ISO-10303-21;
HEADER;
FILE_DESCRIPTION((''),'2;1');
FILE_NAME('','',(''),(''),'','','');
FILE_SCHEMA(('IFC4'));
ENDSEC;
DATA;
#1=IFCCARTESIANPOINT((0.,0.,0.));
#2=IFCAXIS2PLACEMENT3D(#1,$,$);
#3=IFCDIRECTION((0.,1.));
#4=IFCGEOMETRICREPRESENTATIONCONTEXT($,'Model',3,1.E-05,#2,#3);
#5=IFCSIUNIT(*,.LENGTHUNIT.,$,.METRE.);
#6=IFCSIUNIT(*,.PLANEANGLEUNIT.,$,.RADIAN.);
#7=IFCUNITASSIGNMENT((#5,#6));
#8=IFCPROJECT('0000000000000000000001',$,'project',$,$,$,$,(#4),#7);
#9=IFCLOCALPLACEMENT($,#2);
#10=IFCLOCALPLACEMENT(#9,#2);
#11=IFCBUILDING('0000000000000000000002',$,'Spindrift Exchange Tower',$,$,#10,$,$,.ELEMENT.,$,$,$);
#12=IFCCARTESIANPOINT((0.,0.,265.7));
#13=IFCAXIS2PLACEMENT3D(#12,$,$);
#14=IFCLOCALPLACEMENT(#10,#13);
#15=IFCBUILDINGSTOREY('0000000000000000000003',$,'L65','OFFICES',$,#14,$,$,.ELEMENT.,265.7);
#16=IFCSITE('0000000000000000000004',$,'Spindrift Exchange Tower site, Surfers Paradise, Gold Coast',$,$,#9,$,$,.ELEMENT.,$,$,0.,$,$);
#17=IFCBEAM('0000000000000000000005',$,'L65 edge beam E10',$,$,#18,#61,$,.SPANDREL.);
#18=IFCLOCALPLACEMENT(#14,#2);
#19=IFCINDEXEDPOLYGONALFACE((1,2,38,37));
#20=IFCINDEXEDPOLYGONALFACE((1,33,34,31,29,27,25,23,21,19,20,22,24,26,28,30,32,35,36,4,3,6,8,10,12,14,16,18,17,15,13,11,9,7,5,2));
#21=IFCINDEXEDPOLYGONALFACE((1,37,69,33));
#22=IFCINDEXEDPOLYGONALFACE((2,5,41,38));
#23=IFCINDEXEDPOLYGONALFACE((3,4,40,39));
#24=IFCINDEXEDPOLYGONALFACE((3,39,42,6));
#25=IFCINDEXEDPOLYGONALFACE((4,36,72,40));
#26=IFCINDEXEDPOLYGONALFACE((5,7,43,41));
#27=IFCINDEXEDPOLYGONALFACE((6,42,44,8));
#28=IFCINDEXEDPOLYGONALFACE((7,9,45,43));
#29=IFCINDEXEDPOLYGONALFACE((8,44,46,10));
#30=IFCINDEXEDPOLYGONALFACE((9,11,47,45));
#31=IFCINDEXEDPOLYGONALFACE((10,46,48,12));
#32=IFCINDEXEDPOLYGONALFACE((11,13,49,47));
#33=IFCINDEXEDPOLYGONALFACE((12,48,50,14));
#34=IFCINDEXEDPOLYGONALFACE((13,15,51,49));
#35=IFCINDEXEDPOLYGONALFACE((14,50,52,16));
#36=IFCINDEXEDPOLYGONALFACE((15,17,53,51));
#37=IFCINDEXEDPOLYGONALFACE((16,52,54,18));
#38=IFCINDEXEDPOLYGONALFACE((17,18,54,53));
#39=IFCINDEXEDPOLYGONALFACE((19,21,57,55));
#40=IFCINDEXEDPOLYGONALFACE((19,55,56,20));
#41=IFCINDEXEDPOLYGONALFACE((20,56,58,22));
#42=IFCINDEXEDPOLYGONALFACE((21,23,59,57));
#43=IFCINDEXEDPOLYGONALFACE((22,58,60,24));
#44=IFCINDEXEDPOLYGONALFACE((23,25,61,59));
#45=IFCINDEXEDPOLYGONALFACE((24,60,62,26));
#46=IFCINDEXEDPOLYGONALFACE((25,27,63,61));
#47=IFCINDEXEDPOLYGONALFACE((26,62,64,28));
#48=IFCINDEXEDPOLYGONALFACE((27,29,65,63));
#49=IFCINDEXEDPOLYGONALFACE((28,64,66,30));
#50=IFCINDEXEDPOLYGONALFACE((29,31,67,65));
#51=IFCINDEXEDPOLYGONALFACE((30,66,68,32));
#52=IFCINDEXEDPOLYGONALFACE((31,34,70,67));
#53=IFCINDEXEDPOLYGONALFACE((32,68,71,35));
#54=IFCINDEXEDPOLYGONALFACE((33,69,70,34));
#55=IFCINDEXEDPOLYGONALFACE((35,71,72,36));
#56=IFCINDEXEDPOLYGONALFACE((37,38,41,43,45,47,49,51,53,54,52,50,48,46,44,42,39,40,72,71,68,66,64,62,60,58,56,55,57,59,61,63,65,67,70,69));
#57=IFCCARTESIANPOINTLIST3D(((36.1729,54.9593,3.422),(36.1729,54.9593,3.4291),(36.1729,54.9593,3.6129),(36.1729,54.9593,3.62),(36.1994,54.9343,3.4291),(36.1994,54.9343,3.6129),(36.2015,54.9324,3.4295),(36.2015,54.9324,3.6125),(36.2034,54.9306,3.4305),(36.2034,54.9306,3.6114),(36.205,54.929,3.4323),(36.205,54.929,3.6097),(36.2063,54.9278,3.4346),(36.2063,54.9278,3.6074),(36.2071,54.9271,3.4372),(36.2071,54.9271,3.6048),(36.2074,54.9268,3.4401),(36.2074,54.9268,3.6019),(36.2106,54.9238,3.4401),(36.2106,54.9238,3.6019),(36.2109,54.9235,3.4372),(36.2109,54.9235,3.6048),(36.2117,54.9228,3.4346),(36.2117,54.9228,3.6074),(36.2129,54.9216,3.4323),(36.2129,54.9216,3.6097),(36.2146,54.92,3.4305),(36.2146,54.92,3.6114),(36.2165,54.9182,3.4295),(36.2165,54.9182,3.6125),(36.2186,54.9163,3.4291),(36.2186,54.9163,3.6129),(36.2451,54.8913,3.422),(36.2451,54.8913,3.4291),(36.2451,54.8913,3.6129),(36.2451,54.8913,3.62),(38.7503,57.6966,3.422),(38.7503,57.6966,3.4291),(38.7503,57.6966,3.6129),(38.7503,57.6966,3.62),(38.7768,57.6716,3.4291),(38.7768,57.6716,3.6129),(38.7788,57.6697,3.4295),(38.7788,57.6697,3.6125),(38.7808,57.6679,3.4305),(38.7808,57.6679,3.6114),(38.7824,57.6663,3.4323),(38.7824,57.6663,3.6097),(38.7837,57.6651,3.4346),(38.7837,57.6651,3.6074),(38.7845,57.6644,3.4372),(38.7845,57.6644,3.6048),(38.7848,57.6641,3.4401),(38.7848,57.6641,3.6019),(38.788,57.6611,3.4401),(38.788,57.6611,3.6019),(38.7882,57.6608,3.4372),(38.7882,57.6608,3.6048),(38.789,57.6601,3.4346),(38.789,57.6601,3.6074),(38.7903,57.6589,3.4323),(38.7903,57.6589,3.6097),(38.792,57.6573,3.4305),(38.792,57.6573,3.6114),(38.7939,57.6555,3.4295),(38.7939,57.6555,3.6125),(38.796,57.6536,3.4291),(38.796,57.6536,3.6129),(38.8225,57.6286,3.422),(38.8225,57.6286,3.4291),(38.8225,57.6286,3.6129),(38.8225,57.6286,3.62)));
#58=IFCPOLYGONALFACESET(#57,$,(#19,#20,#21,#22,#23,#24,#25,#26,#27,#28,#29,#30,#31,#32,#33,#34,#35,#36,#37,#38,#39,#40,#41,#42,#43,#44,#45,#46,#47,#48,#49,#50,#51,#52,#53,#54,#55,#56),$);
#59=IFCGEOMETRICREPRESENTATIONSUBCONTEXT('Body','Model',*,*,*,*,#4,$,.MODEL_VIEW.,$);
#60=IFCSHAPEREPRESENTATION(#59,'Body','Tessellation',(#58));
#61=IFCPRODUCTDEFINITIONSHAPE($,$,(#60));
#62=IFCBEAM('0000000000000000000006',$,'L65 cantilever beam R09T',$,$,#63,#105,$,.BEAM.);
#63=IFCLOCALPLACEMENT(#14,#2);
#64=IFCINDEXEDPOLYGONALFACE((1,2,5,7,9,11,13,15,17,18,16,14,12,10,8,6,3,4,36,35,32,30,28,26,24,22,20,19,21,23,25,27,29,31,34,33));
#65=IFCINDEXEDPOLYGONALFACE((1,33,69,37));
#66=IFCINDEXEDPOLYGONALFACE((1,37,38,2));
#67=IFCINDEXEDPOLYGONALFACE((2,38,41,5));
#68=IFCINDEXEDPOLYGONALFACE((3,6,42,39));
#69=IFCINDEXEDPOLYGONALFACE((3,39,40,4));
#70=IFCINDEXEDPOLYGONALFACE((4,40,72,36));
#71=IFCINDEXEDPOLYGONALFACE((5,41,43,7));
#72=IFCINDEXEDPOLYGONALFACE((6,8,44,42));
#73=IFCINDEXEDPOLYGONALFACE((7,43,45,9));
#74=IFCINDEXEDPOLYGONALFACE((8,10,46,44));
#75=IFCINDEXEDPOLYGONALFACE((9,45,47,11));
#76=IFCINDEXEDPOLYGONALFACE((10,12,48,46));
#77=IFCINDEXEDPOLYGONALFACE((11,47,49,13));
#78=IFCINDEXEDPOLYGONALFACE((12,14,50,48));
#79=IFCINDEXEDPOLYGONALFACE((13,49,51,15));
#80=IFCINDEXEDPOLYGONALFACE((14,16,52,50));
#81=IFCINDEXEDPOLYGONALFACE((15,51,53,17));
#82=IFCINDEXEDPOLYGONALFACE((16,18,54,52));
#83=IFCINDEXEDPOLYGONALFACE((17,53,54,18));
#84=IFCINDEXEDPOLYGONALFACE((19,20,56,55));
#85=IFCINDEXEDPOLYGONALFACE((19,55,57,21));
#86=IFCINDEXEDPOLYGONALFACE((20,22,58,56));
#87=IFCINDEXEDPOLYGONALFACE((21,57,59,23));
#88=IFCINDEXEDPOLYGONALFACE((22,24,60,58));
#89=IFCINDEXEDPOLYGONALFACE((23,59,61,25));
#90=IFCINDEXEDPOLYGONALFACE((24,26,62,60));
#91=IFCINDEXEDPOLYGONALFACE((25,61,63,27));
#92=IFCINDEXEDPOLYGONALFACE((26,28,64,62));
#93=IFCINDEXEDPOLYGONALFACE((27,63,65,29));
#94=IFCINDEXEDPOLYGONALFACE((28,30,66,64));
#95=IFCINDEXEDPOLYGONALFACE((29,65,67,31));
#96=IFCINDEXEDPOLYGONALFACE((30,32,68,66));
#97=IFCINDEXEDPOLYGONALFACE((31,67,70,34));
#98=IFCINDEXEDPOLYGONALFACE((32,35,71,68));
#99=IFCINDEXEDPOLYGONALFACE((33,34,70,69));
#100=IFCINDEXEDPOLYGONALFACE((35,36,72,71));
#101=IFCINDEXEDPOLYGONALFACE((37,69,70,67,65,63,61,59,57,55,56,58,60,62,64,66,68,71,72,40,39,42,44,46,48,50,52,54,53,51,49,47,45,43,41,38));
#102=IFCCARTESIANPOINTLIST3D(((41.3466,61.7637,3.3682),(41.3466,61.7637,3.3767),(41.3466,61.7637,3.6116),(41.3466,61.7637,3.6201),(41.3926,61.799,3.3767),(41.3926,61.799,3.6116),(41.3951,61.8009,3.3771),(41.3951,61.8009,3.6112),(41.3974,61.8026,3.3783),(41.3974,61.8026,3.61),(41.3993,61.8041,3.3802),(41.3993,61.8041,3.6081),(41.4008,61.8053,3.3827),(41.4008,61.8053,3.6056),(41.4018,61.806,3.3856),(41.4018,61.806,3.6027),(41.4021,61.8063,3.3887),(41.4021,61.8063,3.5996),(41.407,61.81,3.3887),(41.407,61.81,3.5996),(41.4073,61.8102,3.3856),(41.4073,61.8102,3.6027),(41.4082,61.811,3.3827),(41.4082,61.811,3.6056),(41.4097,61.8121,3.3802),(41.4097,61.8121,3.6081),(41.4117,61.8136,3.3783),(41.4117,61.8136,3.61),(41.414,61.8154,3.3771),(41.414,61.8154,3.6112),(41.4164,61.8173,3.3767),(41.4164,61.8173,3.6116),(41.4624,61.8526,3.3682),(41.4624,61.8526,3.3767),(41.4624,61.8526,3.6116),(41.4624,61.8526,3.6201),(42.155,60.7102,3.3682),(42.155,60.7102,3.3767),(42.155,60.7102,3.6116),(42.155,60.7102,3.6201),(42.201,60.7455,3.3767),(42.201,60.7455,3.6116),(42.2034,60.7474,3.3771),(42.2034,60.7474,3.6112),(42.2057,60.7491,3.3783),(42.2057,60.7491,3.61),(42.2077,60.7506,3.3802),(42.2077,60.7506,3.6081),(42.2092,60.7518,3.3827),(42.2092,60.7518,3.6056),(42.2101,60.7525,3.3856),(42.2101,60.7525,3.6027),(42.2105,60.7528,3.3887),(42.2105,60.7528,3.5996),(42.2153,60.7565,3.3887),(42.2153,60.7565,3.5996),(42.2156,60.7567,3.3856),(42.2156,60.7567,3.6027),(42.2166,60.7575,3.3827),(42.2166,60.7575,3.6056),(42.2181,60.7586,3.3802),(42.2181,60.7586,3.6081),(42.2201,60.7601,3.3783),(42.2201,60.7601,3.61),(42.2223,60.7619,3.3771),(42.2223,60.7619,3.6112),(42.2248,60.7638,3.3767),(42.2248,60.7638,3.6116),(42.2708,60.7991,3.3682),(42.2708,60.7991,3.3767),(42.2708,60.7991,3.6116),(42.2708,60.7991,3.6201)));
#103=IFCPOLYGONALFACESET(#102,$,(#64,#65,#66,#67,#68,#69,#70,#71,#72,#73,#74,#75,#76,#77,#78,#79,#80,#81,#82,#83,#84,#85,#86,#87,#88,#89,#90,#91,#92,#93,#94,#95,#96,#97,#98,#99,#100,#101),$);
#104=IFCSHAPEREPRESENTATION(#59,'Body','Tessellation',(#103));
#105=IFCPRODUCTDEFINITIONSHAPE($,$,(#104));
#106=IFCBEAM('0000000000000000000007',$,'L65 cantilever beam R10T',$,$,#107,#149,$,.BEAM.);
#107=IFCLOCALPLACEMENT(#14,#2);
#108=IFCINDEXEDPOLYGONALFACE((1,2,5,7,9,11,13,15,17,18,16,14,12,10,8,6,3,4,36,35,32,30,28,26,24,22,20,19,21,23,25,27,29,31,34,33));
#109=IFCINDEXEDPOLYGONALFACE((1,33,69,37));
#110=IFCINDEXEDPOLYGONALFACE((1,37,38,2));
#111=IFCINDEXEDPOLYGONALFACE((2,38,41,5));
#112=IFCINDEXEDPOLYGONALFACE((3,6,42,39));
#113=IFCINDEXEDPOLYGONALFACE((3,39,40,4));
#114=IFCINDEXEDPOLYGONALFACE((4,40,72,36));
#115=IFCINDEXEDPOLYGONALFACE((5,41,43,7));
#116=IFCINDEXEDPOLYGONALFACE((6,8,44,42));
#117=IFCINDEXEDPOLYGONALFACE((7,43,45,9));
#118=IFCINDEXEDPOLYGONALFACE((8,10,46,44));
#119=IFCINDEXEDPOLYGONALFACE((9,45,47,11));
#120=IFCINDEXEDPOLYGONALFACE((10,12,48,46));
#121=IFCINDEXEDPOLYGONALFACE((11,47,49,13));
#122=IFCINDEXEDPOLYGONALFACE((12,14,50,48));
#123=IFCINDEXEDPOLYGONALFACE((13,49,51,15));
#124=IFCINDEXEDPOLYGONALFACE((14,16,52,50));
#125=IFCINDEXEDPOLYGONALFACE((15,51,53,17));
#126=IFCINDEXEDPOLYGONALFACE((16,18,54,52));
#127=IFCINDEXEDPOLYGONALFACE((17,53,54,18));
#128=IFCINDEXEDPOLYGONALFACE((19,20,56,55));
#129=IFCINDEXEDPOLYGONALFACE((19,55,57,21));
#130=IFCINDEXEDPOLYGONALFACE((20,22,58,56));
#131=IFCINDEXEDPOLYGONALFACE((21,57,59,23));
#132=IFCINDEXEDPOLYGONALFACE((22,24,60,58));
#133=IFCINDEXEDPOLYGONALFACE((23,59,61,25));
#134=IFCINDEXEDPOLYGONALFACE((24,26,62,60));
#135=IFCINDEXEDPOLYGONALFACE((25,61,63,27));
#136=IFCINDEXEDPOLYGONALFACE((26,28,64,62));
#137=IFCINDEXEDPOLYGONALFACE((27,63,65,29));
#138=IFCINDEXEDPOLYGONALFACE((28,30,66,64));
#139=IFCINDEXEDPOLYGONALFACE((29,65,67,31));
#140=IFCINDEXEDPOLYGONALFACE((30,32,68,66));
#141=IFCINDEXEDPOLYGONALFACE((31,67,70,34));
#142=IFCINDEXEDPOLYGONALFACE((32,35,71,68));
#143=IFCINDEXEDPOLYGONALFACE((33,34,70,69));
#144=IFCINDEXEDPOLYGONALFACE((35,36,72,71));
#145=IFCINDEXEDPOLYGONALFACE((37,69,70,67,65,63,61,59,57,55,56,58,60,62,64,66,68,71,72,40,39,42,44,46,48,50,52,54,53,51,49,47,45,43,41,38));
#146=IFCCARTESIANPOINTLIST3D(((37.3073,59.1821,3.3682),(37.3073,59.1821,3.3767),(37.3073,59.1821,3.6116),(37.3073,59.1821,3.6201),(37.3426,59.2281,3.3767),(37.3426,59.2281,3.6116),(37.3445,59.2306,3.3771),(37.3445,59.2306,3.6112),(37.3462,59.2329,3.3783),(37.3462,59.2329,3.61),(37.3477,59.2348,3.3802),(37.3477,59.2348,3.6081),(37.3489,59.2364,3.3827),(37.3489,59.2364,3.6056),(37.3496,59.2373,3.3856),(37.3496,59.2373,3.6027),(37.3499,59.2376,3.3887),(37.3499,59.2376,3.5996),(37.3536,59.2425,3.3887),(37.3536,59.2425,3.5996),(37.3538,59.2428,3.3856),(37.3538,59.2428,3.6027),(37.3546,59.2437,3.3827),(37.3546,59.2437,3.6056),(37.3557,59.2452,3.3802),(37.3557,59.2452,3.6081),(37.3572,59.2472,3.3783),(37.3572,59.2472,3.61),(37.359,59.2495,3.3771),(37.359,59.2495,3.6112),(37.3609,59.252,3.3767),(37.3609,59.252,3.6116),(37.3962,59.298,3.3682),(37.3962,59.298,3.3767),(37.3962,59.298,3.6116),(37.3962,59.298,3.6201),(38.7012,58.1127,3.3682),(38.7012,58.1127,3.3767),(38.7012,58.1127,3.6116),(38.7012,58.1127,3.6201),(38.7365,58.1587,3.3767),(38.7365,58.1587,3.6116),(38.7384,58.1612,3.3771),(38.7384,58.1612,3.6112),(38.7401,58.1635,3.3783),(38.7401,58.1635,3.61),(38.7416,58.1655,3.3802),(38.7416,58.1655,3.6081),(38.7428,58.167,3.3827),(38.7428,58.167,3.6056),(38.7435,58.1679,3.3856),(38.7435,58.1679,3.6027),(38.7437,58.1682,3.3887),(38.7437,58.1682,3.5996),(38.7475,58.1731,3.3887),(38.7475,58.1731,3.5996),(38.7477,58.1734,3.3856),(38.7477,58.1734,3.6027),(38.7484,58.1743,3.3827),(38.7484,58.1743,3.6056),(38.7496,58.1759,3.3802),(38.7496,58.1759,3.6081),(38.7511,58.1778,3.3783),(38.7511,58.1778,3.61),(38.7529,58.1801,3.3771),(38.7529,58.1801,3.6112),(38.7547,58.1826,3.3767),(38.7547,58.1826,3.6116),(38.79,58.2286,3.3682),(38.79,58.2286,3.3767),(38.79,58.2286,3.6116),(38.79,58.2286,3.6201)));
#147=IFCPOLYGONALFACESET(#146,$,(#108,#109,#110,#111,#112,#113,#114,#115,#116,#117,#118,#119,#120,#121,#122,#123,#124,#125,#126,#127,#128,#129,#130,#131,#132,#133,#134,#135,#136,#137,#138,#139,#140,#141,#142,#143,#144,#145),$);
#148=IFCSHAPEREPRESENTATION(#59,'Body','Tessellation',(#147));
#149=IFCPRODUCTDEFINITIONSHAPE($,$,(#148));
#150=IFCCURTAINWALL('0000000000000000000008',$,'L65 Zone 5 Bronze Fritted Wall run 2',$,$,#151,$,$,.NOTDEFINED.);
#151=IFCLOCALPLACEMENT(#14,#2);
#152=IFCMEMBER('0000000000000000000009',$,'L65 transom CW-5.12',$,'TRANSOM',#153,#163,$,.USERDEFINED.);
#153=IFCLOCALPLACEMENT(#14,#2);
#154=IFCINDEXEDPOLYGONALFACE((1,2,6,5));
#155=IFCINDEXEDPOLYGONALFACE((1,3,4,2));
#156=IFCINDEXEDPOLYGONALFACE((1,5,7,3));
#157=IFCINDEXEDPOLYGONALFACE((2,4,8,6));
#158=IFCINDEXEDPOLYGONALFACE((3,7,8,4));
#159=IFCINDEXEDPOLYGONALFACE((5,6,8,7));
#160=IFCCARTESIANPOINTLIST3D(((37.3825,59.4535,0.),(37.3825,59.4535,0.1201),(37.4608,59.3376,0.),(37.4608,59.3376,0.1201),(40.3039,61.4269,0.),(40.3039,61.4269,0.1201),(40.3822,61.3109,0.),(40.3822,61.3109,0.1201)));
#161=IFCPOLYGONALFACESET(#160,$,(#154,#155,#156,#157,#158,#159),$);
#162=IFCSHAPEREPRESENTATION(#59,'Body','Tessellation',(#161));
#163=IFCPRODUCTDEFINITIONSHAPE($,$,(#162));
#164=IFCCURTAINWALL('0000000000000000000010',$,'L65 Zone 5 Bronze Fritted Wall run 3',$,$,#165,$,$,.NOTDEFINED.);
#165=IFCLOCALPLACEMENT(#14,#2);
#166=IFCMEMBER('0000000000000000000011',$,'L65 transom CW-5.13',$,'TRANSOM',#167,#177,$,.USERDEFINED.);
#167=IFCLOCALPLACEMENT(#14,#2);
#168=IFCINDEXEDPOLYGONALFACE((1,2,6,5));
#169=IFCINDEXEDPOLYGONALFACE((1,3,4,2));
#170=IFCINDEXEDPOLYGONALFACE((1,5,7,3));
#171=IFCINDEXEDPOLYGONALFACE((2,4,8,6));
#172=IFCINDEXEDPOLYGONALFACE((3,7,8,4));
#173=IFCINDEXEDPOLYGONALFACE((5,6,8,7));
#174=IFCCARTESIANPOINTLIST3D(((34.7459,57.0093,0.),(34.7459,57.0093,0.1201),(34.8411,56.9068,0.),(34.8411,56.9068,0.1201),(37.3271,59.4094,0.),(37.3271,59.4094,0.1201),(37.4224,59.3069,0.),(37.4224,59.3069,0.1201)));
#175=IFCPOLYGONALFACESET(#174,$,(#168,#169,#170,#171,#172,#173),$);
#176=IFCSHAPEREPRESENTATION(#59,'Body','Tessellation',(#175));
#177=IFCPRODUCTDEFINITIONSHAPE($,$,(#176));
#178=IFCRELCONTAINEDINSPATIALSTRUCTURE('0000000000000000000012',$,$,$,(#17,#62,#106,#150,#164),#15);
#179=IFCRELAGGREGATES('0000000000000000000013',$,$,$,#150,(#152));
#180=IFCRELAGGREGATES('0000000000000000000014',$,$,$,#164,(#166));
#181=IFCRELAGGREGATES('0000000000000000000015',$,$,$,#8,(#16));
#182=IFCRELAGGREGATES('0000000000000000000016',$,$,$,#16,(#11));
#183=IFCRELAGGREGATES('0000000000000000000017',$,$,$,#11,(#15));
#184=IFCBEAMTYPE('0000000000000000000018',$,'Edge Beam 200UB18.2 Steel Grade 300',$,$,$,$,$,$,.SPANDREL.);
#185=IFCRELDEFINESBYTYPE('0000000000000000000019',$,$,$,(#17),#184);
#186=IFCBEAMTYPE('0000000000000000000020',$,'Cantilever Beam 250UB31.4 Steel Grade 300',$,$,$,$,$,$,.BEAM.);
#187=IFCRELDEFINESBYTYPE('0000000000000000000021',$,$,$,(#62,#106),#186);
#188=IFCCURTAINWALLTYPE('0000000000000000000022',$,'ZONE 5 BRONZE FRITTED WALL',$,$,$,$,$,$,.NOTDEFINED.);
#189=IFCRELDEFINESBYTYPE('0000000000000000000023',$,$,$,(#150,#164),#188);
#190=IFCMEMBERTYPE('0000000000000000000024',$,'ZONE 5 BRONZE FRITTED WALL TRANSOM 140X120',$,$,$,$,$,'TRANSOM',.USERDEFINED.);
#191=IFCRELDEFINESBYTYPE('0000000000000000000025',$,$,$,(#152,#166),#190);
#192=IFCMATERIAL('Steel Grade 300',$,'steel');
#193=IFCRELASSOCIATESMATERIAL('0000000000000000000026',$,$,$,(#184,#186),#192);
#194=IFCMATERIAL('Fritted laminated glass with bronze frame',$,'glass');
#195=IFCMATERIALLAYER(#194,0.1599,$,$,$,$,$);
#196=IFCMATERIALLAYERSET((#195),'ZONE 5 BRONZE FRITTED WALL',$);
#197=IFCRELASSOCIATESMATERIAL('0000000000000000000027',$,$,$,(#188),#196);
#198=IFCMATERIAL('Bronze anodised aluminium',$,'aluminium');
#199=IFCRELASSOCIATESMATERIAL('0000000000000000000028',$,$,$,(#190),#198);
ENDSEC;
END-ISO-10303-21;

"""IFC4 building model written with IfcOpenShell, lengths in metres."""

from ifc_helpers import new_model, si_unit, direction, frame, origin, origin_2d, place, context, subcontext, project, spatial, rectangle, i_section, extrude, source, transform, mapped, material, layer, layer_set, material_profile, profile_set, type_object, element, aggregate, save


model = new_model("IFC4")

# Units and contexts
model_context = context("Model", 3, precision=1e-05, world=origin(), true_north=direction((0.0, 1.0)))
body_context = subcontext(model_context, "Body", "Model", "MODEL_VIEW")
ifc_project = project(units=[si_unit("LENGTHUNIT", "METRE"), si_unit("PLANEANGLEUNIT", "RADIAN")], contexts=[model_context])

# Site, building, storey
site_placement = place(None, origin())
site = spatial("IfcSite", under=ifc_project, at=site_placement, Name="Spindrift Exchange Tower site, Surfers Paradise, Gold Coast", CompositionType="ELEMENT", RefElevation=0.0)
building_placement = place(site_placement, origin())
building = spatial("IfcBuilding", under=site, at=building_placement, Name="Spindrift Exchange Tower", CompositionType="ELEMENT")
storey_placement = place(building_placement, frame((0.0, 0.0, 265.7)))
storey = spatial("IfcBuildingStorey", under=building, at=storey_placement, Name="L65", Description="OFFICES", CompositionType="ELEMENT", Elevation=265.7)

# Beams
ifc_material_1 = material(Name="Steel Grade 300", Category="steel")
ifc_material_profile_1 = material_profile(ifc_material_1, i_section(OverallWidth=0.0991, OverallDepth=0.198, WebThickness=0.0044, FlangeThickness=0.0071, FilletRadius=0.011, at=origin_2d()), Name="200UB18.2")
ifc_profile_set_1 = profile_set([ifc_material_profile_1], Name="Steel Grade 300")
beam_type_1 = type_object("IfcBeamType", Name="Edge Beam 200UB18.2 Steel Grade 300", PredefinedType="SPANDREL", material=ifc_profile_set_1)
shared_shape_1 = source(origin(), body_context, "Body", "SweptSolid", [
    extrude(i_section(OverallWidth=0.0991, OverallDepth=0.198, WebThickness=0.0044, FlangeThickness=0.0071, FilletRadius=0.011, at=origin_2d()), origin(), (0.0, 0.0, 1.0), 3.7598),
])
beam_1_placement = place(storey_placement, frame((38.7864, 57.6626, 3.521), z_axis=(-0.685521, -0.728053, 0.0), x_axis=(0.728053, -0.685521, 0.0)))
element("IfcBeam", 1, at=beam_1_placement, inside=storey, type_object=beam_type_1, Name="L65 edge beam E10", PredefinedType="SPANDREL", context=body_context, shape_type="MappedRepresentation", body=[
    mapped(shared_shape_1, transform((0.0, 0.0, 0.0), scale=1.0)),
])
ifc_material_profile_2 = material_profile(ifc_material_1, i_section(OverallWidth=0.146, OverallDepth=0.252, WebThickness=0.0061, FlangeThickness=0.0085, FilletRadius=0.012, at=origin_2d()), Name="250UB31.4")
ifc_profile_set_2 = profile_set([ifc_material_profile_2], Name="Steel Grade 300")
beam_type_2 = type_object("IfcBeamType", Name="Cantilever Beam 250UB31.4 Steel Grade 300", PredefinedType="BEAM", material=ifc_profile_set_2)
shared_shape_2 = source(origin(), body_context, "Body", "SweptSolid", [
    extrude(i_section(OverallWidth=0.146, OverallDepth=0.252, WebThickness=0.0061, FlangeThickness=0.0085, FilletRadius=0.012, at=origin_2d()), origin(), (0.0, 0.0, 1.0), 1.3279),
])
beam_2_placement = place(storey_placement, frame((42.2129, 60.7546, 3.4941), z_axis=(-0.60876, 0.793355, 0.0), x_axis=(-0.793355, -0.60876, 0.0)))
element("IfcBeam", 2, at=beam_2_placement, inside=storey, type_object=beam_type_2, Name="L65 cantilever beam R09T", PredefinedType="BEAM", context=body_context, shape_type="MappedRepresentation", body=[
    mapped(shared_shape_2, transform((0.0, 0.0, 0.0), scale=1.0)),
])
shared_shape_3 = source(origin(), body_context, "Body", "SweptSolid", [
    extrude(i_section(OverallWidth=0.146, OverallDepth=0.252, WebThickness=0.0061, FlangeThickness=0.0085, FilletRadius=0.012, at=origin_2d()), origin(), (0.0, 0.0, 1.0), 1.7568),
])
beam_3_placement = place(storey_placement, frame((38.7456, 58.1707, 3.4941), z_axis=(-0.793398, 0.608703, 0.0), x_axis=(-0.608703, -0.793398, 0.0)))
element("IfcBeam", 3, at=beam_3_placement, inside=storey, type_object=beam_type_2, Name="L65 cantilever beam R10T", PredefinedType="BEAM", context=body_context, shape_type="MappedRepresentation", body=[
    mapped(shared_shape_3, transform((0.0, 0.0, 0.0), scale=1.0)),
])

# Curtain wall, member
ifc_material_2 = material(Name="Fritted laminated glass with bronze frame", Category="glass")
ifc_layer_1 = layer(ifc_material_2, 0.1599)
ifc_layer_set_1 = layer_set([ifc_layer_1], Name="ZONE 5 BRONZE FRITTED WALL")
curtain_wall_type = type_object("IfcCurtainWallType", Name="ZONE 5 BRONZE FRITTED WALL", PredefinedType="NOTDEFINED", material=ifc_layer_set_1)
curtain_wall_1_placement = place(storey_placement, origin())
curtain_wall_1 = element("IfcCurtainWall", 4, at=curtain_wall_1_placement, inside=storey, type_object=curtain_wall_type, Name="L65 Zone 5 Bronze Fritted Wall run 2", PredefinedType="NOTDEFINED")
ifc_material_3 = material(Name="Bronze anodised aluminium", Category="aluminium")
ifc_material_profile_3 = material_profile(ifc_material_3, rectangle(XDim=0.1399, YDim=0.1201, at=origin_2d()), Name="ZONE 5 BRONZE FRITTED WALL TRANSOM 140X120")
ifc_profile_set_3 = profile_set([ifc_material_profile_3], Name="Bronze anodised aluminium")
member_type_1 = type_object("IfcMemberType", Name="ZONE 5 BRONZE FRITTED WALL TRANSOM 140X120", ElementType="TRANSOM", PredefinedType="USERDEFINED", material=ifc_profile_set_3)
shared_shape_4 = source(origin(), body_context, "Body", "SweptSolid", [
    extrude(rectangle(XDim=0.1399, YDim=0.1201, at=origin_2d()), origin(), (0.0, 0.0, 1.0), 3.5254),
])
member_1_placement = place(storey_placement, frame((40.343, 61.3689, 0.0601), z_axis=(-0.828658, -0.559756, 0.0), x_axis=(0.559756, -0.828658, 0.0)))
member_1 = element("IfcMember", 5, at=member_1_placement, type_object=member_type_1, Name="L65 transom CW-5.12", ObjectType="TRANSOM", PredefinedType="USERDEFINED", context=body_context, shape_type="MappedRepresentation", body=[
    mapped(shared_shape_4, transform((0.0, 0.0, 0.0), scale=1.0)),
])

# Curtain wall, member
curtain_wall_2_placement = place(storey_placement, origin())
curtain_wall_2 = element("IfcCurtainWall", 6, at=curtain_wall_2_placement, inside=storey, type_object=curtain_wall_type, Name="L65 Zone 5 Bronze Fritted Wall run 3", PredefinedType="NOTDEFINED")
shared_shape_5 = source(origin(), body_context, "Body", "SweptSolid", [
    extrude(rectangle(XDim=0.1399, YDim=0.1201, at=origin_2d()), origin(), (0.0, 0.0, 1.0), 3.5247),
])
member_2_placement = place(storey_placement, frame((37.3748, 59.3582, 0.0601), z_axis=(-0.732337, -0.680942, 0.0), x_axis=(0.680942, -0.732337, 0.0)))
member_2 = element("IfcMember", 7, at=member_2_placement, type_object=member_type_1, Name="L65 transom CW-5.13", ObjectType="TRANSOM", PredefinedType="USERDEFINED", context=body_context, shape_type="MappedRepresentation", body=[
    mapped(shared_shape_5, transform((0.0, 0.0, 0.0), scale=1.0)),
])

aggregate(curtain_wall_1, [member_1])
aggregate(curtain_wall_2, [member_2])

save(model, "model.ifc")
